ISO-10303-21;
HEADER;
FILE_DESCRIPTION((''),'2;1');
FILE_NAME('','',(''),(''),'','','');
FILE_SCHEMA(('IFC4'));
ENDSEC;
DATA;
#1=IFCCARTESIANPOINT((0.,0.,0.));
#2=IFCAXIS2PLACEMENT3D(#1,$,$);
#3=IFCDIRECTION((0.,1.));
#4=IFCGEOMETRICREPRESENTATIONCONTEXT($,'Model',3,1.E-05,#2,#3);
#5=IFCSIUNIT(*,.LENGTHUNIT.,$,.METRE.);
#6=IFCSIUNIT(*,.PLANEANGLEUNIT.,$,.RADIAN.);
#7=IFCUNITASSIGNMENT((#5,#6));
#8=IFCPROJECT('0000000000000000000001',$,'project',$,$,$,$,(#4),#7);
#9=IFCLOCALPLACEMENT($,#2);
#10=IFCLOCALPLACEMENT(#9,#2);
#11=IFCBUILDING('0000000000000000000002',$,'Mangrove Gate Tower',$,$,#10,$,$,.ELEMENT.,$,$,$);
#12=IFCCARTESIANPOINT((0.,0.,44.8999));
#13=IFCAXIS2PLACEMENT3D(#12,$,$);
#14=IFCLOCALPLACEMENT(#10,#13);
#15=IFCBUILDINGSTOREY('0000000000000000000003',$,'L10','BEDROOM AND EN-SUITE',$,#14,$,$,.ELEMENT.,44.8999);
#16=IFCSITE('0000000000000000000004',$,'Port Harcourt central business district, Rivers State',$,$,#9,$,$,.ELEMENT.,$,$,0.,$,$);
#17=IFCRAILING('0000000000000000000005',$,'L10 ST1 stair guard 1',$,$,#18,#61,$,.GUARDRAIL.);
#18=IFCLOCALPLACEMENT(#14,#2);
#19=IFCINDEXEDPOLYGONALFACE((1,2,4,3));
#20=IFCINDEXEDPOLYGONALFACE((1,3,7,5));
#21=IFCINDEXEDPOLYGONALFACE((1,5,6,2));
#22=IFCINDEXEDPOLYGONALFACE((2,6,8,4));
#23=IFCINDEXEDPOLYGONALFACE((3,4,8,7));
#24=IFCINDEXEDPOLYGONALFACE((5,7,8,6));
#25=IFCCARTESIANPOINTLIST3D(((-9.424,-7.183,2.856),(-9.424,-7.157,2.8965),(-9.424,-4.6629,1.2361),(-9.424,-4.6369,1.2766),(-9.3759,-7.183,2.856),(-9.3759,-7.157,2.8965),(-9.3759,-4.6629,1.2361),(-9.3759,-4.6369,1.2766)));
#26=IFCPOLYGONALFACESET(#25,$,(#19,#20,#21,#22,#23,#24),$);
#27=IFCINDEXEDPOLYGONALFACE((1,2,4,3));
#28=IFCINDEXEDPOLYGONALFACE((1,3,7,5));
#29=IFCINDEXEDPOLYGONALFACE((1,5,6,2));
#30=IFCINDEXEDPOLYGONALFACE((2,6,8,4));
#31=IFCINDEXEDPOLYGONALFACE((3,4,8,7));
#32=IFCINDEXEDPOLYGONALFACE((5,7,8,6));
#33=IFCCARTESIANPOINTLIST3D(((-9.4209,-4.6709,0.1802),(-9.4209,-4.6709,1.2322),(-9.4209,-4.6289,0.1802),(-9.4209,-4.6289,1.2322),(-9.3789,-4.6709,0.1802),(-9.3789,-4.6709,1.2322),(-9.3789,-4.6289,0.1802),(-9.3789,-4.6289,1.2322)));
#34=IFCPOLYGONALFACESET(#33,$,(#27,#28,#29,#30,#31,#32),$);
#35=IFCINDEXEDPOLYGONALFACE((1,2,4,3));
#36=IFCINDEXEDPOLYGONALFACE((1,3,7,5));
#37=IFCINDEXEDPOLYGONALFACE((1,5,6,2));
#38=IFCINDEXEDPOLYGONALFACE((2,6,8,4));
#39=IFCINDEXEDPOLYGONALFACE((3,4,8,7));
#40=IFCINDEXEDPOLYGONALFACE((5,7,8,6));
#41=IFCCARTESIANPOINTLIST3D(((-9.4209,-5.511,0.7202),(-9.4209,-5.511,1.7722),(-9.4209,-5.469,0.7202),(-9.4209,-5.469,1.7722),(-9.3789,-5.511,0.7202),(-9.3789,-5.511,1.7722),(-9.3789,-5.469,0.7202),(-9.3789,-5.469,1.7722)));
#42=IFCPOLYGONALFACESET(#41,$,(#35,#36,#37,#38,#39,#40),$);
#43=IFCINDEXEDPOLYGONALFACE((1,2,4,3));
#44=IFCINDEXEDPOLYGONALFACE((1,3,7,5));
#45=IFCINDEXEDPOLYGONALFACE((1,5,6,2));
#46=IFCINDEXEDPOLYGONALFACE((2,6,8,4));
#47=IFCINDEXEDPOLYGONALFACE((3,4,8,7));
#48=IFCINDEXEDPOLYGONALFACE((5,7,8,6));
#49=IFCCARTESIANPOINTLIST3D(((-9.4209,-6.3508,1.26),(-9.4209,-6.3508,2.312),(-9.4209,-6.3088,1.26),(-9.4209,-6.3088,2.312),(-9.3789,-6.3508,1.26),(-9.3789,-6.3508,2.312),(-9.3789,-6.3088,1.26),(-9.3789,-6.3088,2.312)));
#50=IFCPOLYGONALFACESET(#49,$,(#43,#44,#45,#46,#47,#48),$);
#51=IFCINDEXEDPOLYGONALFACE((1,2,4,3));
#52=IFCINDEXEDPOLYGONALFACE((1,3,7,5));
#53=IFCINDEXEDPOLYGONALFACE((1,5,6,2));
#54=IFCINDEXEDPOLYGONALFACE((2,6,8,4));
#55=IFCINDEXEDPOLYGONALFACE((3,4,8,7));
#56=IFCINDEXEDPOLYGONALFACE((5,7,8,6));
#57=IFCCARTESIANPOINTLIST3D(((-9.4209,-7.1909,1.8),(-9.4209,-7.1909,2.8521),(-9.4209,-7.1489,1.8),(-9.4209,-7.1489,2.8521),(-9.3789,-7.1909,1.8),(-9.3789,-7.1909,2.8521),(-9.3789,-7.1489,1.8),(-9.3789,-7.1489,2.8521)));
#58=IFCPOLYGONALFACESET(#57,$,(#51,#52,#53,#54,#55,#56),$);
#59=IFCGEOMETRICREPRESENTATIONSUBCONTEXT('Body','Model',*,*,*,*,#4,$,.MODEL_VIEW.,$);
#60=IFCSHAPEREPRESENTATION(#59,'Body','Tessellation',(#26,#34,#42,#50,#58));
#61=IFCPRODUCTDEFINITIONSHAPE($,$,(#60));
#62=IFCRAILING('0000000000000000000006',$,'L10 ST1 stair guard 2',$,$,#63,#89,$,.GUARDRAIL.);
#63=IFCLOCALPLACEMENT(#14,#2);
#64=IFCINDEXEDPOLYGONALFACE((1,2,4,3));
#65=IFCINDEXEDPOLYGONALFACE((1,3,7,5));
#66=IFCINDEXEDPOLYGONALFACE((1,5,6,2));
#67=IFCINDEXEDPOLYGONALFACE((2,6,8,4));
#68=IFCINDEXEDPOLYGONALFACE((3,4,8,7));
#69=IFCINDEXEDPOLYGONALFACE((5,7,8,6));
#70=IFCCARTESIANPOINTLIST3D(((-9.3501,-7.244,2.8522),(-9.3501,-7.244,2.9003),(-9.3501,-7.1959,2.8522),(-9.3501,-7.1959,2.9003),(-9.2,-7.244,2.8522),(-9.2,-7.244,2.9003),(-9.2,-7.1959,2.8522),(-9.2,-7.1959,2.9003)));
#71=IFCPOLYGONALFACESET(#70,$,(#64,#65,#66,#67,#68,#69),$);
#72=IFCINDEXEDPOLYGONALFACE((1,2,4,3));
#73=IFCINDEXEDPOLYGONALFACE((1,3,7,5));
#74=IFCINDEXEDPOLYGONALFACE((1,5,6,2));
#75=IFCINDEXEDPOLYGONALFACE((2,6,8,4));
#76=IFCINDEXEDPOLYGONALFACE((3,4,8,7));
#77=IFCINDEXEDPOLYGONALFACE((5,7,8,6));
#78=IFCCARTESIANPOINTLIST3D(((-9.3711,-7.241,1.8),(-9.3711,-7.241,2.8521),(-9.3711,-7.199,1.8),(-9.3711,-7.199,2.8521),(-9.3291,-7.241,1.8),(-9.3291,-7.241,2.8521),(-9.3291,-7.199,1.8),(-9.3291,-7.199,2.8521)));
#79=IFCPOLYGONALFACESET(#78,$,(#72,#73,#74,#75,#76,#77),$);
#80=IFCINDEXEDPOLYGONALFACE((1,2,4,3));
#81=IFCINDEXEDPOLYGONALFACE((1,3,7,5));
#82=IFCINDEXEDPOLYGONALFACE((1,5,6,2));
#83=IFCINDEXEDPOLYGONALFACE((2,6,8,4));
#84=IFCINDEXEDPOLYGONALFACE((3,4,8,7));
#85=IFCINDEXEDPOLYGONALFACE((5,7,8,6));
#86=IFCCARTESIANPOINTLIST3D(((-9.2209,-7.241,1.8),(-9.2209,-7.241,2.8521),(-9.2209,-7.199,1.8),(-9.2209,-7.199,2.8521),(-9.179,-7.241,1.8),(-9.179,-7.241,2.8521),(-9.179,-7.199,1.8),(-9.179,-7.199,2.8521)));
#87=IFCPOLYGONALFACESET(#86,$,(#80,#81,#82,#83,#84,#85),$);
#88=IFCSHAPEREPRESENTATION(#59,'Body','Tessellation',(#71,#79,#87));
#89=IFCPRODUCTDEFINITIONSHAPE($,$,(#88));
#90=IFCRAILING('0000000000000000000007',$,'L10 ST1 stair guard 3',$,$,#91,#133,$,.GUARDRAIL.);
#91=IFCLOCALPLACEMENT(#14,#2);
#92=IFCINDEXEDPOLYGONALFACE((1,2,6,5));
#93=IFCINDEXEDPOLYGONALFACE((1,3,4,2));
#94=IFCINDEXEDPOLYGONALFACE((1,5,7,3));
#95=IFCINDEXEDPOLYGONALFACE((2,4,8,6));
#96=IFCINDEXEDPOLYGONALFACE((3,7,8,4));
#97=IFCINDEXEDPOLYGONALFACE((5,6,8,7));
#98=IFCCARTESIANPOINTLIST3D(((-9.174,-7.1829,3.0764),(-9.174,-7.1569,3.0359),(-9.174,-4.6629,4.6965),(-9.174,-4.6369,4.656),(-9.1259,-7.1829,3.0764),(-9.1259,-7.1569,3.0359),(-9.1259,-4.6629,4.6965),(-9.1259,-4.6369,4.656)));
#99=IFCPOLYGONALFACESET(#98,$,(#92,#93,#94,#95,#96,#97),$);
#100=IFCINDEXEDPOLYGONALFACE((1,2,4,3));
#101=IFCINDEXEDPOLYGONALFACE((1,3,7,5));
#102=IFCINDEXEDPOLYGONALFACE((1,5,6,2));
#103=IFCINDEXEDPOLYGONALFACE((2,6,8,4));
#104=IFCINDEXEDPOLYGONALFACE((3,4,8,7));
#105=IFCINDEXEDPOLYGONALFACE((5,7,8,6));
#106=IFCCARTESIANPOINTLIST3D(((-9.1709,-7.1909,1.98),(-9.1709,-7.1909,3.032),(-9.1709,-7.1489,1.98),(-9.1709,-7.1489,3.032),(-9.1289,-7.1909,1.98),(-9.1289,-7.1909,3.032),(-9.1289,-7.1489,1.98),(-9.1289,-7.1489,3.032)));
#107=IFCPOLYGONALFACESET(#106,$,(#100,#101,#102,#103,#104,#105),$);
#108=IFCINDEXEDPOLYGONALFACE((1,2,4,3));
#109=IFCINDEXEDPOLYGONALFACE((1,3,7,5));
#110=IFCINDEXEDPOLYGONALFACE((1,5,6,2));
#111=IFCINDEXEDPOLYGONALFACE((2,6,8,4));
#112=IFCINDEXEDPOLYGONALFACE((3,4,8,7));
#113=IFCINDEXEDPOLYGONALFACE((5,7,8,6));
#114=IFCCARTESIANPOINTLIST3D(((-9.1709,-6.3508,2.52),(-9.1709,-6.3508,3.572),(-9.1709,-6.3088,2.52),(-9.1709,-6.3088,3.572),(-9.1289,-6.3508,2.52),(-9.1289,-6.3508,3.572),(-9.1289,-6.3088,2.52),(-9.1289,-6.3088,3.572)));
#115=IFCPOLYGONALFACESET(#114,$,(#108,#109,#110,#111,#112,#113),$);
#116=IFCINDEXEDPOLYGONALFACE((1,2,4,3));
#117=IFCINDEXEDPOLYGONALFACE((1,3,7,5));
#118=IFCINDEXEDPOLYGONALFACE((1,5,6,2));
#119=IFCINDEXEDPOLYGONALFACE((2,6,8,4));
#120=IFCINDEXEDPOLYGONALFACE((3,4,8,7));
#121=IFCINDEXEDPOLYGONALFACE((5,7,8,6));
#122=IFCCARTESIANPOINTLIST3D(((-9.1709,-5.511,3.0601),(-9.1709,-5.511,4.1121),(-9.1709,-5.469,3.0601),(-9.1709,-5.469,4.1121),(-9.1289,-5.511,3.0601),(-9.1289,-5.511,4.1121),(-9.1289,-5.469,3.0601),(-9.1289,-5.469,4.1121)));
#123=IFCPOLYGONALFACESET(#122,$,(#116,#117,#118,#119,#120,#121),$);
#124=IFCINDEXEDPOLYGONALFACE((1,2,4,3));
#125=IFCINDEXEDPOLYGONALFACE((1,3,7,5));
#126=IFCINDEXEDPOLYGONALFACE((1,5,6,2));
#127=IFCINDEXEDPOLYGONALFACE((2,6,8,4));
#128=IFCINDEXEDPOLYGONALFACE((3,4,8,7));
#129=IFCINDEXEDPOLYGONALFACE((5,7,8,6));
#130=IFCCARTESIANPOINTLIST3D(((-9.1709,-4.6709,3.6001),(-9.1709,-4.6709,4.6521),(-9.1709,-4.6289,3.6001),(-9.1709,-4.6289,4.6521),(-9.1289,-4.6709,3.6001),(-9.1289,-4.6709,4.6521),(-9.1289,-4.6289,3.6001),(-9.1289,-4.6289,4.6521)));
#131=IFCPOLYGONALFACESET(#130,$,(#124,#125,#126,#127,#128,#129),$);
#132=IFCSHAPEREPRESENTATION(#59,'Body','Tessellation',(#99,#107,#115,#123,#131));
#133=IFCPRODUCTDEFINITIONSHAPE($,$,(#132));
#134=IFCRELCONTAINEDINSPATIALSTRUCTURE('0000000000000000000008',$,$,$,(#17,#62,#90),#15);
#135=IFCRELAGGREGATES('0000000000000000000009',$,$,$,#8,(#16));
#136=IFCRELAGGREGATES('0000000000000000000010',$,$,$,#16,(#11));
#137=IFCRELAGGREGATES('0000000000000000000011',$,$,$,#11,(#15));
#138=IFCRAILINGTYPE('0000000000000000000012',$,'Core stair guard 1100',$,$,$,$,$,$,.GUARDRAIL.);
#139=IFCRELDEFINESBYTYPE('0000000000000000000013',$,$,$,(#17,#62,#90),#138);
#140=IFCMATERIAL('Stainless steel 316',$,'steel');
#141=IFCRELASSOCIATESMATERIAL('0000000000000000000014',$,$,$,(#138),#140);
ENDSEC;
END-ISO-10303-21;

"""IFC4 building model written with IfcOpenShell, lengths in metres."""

from ifc_helpers import new_model, si_unit, direction, frame, origin, origin_2d, place, context, subcontext, project, spatial, rectangle, extrude, material, type_object, element, save


model = new_model("IFC4")

# Units and contexts
model_context = context("Model", 3, precision=1e-05, world=origin(), true_north=direction((0.0, 1.0)))
body_context = subcontext(model_context, "Body", "Model", "MODEL_VIEW")
ifc_project = project(units=[si_unit("LENGTHUNIT", "METRE"), si_unit("PLANEANGLEUNIT", "RADIAN")], contexts=[model_context])

# Site, building, storey
site_placement = place(None, origin())
site = spatial("IfcSite", under=ifc_project, at=site_placement, Name="Port Harcourt central business district, Rivers State", CompositionType="ELEMENT", RefElevation=0.0)
building_placement = place(site_placement, origin())
building = spatial("IfcBuilding", under=site, at=building_placement, Name="Mangrove Gate Tower", CompositionType="ELEMENT")
storey_placement = place(building_placement, frame((0.0, 0.0, 44.8999)))
storey = spatial("IfcBuildingStorey", under=building, at=storey_placement, Name="L10", Description="BEDROOM AND EN-SUITE", CompositionType="ELEMENT", Elevation=44.8999)

# Railings
ifc_material_1 = material(Name="Stainless steel 316", Category="steel")
railing_type_1 = type_object("IfcRailingType", Name="Core stair guard 1100", PredefinedType="GUARDRAIL", material=ifc_material_1)
railing_1_placement = place(storey_placement, frame((-9.3999, -4.6499, 0.1802)))
element("IfcRailing", 1, at=railing_1_placement, inside=storey, type_object=railing_type_1, Name="L10 ST1 stair guard 1", PredefinedType="GUARDRAIL", context=body_context, shape_type="SweptSolid", body=[
    extrude(rectangle(XDim=0.0481, YDim=0.0481, at=origin_2d()), frame((0.0, 0.0, 1.0762), z_axis=(0.0, -0.8412, 0.540725), x_axis=(1.0, 0.0, 0.0)), (0.0, 0.0, 1.0), 2.9958),
    extrude(rectangle(XDim=0.042, YDim=0.042, at=origin_2d()), origin(), (0.0, 0.0, 1.0), 1.052),
    extrude(rectangle(XDim=0.042, YDim=0.042, at=origin_2d()), frame((0.0, -0.8401, 0.54)), (0.0, 0.0, 1.0), 1.052),
    extrude(rectangle(XDim=0.042, YDim=0.042, at=origin_2d()), frame((0.0, -1.6799, 1.0798)), (0.0, 0.0, 1.0), 1.052),
    extrude(rectangle(XDim=0.042, YDim=0.042, at=origin_2d()), frame((0.0, -2.52, 1.6199)), (0.0, 0.0, 1.0), 1.052),
])
railing_2_placement = place(storey_placement, frame((-9.3501, -7.22, 1.8)))
element("IfcRailing", 2, at=railing_2_placement, inside=storey, type_object=railing_type_1, Name="L10 ST1 stair guard 2", PredefinedType="GUARDRAIL", context=body_context, shape_type="SweptSolid", body=[
    extrude(rectangle(XDim=0.0481, YDim=0.0481, at=origin_2d()), frame((0.0, 0.0, 1.0762), z_axis=(1.0, 0.0, 0.0), x_axis=(0.0, 1.0, 0.0)), (0.0, 0.0, 1.0), 0.1501),
    extrude(rectangle(XDim=0.042, YDim=0.042, at=origin_2d()), origin(), (0.0, 0.0, 1.0), 1.052),
    extrude(rectangle(XDim=0.042, YDim=0.042, at=origin_2d()), frame((0.1501, 0.0, 0.0)), (0.0, 0.0, 1.0), 1.052),
])
railing_3_placement = place(storey_placement, frame((-9.1499, -7.1699, 1.98)))
element("IfcRailing", 3, at=railing_3_placement, inside=storey, type_object=railing_type_1, Name="L10 ST1 stair guard 3", PredefinedType="GUARDRAIL", context=body_context, shape_type="SweptSolid", body=[
    extrude(rectangle(XDim=0.0481, YDim=0.0481, at=origin_2d()), frame((0.0, 0.0, 1.0762), z_axis=(0.0, 0.841163, 0.540782), x_axis=(-1.0, 0.0, 0.0)), (0.0, 0.0, 1.0), 2.9958),
    extrude(rectangle(XDim=0.042, YDim=0.042, at=origin_2d()), origin(), (0.0, 0.0, 1.0), 1.052),
    extrude(rectangle(XDim=0.042, YDim=0.042, at=origin_2d()), frame((0.0, 0.8401, 0.54)), (0.0, 0.0, 1.0), 1.052),
    extrude(rectangle(XDim=0.042, YDim=0.042, at=origin_2d()), frame((0.0, 1.6799, 1.0801)), (0.0, 0.0, 1.0), 1.052),
    extrude(rectangle(XDim=0.042, YDim=0.042, at=origin_2d()), frame((0.0, 2.52, 1.6201)), (0.0, 0.0, 1.0), 1.052),
])

save(model, "model.ifc")
